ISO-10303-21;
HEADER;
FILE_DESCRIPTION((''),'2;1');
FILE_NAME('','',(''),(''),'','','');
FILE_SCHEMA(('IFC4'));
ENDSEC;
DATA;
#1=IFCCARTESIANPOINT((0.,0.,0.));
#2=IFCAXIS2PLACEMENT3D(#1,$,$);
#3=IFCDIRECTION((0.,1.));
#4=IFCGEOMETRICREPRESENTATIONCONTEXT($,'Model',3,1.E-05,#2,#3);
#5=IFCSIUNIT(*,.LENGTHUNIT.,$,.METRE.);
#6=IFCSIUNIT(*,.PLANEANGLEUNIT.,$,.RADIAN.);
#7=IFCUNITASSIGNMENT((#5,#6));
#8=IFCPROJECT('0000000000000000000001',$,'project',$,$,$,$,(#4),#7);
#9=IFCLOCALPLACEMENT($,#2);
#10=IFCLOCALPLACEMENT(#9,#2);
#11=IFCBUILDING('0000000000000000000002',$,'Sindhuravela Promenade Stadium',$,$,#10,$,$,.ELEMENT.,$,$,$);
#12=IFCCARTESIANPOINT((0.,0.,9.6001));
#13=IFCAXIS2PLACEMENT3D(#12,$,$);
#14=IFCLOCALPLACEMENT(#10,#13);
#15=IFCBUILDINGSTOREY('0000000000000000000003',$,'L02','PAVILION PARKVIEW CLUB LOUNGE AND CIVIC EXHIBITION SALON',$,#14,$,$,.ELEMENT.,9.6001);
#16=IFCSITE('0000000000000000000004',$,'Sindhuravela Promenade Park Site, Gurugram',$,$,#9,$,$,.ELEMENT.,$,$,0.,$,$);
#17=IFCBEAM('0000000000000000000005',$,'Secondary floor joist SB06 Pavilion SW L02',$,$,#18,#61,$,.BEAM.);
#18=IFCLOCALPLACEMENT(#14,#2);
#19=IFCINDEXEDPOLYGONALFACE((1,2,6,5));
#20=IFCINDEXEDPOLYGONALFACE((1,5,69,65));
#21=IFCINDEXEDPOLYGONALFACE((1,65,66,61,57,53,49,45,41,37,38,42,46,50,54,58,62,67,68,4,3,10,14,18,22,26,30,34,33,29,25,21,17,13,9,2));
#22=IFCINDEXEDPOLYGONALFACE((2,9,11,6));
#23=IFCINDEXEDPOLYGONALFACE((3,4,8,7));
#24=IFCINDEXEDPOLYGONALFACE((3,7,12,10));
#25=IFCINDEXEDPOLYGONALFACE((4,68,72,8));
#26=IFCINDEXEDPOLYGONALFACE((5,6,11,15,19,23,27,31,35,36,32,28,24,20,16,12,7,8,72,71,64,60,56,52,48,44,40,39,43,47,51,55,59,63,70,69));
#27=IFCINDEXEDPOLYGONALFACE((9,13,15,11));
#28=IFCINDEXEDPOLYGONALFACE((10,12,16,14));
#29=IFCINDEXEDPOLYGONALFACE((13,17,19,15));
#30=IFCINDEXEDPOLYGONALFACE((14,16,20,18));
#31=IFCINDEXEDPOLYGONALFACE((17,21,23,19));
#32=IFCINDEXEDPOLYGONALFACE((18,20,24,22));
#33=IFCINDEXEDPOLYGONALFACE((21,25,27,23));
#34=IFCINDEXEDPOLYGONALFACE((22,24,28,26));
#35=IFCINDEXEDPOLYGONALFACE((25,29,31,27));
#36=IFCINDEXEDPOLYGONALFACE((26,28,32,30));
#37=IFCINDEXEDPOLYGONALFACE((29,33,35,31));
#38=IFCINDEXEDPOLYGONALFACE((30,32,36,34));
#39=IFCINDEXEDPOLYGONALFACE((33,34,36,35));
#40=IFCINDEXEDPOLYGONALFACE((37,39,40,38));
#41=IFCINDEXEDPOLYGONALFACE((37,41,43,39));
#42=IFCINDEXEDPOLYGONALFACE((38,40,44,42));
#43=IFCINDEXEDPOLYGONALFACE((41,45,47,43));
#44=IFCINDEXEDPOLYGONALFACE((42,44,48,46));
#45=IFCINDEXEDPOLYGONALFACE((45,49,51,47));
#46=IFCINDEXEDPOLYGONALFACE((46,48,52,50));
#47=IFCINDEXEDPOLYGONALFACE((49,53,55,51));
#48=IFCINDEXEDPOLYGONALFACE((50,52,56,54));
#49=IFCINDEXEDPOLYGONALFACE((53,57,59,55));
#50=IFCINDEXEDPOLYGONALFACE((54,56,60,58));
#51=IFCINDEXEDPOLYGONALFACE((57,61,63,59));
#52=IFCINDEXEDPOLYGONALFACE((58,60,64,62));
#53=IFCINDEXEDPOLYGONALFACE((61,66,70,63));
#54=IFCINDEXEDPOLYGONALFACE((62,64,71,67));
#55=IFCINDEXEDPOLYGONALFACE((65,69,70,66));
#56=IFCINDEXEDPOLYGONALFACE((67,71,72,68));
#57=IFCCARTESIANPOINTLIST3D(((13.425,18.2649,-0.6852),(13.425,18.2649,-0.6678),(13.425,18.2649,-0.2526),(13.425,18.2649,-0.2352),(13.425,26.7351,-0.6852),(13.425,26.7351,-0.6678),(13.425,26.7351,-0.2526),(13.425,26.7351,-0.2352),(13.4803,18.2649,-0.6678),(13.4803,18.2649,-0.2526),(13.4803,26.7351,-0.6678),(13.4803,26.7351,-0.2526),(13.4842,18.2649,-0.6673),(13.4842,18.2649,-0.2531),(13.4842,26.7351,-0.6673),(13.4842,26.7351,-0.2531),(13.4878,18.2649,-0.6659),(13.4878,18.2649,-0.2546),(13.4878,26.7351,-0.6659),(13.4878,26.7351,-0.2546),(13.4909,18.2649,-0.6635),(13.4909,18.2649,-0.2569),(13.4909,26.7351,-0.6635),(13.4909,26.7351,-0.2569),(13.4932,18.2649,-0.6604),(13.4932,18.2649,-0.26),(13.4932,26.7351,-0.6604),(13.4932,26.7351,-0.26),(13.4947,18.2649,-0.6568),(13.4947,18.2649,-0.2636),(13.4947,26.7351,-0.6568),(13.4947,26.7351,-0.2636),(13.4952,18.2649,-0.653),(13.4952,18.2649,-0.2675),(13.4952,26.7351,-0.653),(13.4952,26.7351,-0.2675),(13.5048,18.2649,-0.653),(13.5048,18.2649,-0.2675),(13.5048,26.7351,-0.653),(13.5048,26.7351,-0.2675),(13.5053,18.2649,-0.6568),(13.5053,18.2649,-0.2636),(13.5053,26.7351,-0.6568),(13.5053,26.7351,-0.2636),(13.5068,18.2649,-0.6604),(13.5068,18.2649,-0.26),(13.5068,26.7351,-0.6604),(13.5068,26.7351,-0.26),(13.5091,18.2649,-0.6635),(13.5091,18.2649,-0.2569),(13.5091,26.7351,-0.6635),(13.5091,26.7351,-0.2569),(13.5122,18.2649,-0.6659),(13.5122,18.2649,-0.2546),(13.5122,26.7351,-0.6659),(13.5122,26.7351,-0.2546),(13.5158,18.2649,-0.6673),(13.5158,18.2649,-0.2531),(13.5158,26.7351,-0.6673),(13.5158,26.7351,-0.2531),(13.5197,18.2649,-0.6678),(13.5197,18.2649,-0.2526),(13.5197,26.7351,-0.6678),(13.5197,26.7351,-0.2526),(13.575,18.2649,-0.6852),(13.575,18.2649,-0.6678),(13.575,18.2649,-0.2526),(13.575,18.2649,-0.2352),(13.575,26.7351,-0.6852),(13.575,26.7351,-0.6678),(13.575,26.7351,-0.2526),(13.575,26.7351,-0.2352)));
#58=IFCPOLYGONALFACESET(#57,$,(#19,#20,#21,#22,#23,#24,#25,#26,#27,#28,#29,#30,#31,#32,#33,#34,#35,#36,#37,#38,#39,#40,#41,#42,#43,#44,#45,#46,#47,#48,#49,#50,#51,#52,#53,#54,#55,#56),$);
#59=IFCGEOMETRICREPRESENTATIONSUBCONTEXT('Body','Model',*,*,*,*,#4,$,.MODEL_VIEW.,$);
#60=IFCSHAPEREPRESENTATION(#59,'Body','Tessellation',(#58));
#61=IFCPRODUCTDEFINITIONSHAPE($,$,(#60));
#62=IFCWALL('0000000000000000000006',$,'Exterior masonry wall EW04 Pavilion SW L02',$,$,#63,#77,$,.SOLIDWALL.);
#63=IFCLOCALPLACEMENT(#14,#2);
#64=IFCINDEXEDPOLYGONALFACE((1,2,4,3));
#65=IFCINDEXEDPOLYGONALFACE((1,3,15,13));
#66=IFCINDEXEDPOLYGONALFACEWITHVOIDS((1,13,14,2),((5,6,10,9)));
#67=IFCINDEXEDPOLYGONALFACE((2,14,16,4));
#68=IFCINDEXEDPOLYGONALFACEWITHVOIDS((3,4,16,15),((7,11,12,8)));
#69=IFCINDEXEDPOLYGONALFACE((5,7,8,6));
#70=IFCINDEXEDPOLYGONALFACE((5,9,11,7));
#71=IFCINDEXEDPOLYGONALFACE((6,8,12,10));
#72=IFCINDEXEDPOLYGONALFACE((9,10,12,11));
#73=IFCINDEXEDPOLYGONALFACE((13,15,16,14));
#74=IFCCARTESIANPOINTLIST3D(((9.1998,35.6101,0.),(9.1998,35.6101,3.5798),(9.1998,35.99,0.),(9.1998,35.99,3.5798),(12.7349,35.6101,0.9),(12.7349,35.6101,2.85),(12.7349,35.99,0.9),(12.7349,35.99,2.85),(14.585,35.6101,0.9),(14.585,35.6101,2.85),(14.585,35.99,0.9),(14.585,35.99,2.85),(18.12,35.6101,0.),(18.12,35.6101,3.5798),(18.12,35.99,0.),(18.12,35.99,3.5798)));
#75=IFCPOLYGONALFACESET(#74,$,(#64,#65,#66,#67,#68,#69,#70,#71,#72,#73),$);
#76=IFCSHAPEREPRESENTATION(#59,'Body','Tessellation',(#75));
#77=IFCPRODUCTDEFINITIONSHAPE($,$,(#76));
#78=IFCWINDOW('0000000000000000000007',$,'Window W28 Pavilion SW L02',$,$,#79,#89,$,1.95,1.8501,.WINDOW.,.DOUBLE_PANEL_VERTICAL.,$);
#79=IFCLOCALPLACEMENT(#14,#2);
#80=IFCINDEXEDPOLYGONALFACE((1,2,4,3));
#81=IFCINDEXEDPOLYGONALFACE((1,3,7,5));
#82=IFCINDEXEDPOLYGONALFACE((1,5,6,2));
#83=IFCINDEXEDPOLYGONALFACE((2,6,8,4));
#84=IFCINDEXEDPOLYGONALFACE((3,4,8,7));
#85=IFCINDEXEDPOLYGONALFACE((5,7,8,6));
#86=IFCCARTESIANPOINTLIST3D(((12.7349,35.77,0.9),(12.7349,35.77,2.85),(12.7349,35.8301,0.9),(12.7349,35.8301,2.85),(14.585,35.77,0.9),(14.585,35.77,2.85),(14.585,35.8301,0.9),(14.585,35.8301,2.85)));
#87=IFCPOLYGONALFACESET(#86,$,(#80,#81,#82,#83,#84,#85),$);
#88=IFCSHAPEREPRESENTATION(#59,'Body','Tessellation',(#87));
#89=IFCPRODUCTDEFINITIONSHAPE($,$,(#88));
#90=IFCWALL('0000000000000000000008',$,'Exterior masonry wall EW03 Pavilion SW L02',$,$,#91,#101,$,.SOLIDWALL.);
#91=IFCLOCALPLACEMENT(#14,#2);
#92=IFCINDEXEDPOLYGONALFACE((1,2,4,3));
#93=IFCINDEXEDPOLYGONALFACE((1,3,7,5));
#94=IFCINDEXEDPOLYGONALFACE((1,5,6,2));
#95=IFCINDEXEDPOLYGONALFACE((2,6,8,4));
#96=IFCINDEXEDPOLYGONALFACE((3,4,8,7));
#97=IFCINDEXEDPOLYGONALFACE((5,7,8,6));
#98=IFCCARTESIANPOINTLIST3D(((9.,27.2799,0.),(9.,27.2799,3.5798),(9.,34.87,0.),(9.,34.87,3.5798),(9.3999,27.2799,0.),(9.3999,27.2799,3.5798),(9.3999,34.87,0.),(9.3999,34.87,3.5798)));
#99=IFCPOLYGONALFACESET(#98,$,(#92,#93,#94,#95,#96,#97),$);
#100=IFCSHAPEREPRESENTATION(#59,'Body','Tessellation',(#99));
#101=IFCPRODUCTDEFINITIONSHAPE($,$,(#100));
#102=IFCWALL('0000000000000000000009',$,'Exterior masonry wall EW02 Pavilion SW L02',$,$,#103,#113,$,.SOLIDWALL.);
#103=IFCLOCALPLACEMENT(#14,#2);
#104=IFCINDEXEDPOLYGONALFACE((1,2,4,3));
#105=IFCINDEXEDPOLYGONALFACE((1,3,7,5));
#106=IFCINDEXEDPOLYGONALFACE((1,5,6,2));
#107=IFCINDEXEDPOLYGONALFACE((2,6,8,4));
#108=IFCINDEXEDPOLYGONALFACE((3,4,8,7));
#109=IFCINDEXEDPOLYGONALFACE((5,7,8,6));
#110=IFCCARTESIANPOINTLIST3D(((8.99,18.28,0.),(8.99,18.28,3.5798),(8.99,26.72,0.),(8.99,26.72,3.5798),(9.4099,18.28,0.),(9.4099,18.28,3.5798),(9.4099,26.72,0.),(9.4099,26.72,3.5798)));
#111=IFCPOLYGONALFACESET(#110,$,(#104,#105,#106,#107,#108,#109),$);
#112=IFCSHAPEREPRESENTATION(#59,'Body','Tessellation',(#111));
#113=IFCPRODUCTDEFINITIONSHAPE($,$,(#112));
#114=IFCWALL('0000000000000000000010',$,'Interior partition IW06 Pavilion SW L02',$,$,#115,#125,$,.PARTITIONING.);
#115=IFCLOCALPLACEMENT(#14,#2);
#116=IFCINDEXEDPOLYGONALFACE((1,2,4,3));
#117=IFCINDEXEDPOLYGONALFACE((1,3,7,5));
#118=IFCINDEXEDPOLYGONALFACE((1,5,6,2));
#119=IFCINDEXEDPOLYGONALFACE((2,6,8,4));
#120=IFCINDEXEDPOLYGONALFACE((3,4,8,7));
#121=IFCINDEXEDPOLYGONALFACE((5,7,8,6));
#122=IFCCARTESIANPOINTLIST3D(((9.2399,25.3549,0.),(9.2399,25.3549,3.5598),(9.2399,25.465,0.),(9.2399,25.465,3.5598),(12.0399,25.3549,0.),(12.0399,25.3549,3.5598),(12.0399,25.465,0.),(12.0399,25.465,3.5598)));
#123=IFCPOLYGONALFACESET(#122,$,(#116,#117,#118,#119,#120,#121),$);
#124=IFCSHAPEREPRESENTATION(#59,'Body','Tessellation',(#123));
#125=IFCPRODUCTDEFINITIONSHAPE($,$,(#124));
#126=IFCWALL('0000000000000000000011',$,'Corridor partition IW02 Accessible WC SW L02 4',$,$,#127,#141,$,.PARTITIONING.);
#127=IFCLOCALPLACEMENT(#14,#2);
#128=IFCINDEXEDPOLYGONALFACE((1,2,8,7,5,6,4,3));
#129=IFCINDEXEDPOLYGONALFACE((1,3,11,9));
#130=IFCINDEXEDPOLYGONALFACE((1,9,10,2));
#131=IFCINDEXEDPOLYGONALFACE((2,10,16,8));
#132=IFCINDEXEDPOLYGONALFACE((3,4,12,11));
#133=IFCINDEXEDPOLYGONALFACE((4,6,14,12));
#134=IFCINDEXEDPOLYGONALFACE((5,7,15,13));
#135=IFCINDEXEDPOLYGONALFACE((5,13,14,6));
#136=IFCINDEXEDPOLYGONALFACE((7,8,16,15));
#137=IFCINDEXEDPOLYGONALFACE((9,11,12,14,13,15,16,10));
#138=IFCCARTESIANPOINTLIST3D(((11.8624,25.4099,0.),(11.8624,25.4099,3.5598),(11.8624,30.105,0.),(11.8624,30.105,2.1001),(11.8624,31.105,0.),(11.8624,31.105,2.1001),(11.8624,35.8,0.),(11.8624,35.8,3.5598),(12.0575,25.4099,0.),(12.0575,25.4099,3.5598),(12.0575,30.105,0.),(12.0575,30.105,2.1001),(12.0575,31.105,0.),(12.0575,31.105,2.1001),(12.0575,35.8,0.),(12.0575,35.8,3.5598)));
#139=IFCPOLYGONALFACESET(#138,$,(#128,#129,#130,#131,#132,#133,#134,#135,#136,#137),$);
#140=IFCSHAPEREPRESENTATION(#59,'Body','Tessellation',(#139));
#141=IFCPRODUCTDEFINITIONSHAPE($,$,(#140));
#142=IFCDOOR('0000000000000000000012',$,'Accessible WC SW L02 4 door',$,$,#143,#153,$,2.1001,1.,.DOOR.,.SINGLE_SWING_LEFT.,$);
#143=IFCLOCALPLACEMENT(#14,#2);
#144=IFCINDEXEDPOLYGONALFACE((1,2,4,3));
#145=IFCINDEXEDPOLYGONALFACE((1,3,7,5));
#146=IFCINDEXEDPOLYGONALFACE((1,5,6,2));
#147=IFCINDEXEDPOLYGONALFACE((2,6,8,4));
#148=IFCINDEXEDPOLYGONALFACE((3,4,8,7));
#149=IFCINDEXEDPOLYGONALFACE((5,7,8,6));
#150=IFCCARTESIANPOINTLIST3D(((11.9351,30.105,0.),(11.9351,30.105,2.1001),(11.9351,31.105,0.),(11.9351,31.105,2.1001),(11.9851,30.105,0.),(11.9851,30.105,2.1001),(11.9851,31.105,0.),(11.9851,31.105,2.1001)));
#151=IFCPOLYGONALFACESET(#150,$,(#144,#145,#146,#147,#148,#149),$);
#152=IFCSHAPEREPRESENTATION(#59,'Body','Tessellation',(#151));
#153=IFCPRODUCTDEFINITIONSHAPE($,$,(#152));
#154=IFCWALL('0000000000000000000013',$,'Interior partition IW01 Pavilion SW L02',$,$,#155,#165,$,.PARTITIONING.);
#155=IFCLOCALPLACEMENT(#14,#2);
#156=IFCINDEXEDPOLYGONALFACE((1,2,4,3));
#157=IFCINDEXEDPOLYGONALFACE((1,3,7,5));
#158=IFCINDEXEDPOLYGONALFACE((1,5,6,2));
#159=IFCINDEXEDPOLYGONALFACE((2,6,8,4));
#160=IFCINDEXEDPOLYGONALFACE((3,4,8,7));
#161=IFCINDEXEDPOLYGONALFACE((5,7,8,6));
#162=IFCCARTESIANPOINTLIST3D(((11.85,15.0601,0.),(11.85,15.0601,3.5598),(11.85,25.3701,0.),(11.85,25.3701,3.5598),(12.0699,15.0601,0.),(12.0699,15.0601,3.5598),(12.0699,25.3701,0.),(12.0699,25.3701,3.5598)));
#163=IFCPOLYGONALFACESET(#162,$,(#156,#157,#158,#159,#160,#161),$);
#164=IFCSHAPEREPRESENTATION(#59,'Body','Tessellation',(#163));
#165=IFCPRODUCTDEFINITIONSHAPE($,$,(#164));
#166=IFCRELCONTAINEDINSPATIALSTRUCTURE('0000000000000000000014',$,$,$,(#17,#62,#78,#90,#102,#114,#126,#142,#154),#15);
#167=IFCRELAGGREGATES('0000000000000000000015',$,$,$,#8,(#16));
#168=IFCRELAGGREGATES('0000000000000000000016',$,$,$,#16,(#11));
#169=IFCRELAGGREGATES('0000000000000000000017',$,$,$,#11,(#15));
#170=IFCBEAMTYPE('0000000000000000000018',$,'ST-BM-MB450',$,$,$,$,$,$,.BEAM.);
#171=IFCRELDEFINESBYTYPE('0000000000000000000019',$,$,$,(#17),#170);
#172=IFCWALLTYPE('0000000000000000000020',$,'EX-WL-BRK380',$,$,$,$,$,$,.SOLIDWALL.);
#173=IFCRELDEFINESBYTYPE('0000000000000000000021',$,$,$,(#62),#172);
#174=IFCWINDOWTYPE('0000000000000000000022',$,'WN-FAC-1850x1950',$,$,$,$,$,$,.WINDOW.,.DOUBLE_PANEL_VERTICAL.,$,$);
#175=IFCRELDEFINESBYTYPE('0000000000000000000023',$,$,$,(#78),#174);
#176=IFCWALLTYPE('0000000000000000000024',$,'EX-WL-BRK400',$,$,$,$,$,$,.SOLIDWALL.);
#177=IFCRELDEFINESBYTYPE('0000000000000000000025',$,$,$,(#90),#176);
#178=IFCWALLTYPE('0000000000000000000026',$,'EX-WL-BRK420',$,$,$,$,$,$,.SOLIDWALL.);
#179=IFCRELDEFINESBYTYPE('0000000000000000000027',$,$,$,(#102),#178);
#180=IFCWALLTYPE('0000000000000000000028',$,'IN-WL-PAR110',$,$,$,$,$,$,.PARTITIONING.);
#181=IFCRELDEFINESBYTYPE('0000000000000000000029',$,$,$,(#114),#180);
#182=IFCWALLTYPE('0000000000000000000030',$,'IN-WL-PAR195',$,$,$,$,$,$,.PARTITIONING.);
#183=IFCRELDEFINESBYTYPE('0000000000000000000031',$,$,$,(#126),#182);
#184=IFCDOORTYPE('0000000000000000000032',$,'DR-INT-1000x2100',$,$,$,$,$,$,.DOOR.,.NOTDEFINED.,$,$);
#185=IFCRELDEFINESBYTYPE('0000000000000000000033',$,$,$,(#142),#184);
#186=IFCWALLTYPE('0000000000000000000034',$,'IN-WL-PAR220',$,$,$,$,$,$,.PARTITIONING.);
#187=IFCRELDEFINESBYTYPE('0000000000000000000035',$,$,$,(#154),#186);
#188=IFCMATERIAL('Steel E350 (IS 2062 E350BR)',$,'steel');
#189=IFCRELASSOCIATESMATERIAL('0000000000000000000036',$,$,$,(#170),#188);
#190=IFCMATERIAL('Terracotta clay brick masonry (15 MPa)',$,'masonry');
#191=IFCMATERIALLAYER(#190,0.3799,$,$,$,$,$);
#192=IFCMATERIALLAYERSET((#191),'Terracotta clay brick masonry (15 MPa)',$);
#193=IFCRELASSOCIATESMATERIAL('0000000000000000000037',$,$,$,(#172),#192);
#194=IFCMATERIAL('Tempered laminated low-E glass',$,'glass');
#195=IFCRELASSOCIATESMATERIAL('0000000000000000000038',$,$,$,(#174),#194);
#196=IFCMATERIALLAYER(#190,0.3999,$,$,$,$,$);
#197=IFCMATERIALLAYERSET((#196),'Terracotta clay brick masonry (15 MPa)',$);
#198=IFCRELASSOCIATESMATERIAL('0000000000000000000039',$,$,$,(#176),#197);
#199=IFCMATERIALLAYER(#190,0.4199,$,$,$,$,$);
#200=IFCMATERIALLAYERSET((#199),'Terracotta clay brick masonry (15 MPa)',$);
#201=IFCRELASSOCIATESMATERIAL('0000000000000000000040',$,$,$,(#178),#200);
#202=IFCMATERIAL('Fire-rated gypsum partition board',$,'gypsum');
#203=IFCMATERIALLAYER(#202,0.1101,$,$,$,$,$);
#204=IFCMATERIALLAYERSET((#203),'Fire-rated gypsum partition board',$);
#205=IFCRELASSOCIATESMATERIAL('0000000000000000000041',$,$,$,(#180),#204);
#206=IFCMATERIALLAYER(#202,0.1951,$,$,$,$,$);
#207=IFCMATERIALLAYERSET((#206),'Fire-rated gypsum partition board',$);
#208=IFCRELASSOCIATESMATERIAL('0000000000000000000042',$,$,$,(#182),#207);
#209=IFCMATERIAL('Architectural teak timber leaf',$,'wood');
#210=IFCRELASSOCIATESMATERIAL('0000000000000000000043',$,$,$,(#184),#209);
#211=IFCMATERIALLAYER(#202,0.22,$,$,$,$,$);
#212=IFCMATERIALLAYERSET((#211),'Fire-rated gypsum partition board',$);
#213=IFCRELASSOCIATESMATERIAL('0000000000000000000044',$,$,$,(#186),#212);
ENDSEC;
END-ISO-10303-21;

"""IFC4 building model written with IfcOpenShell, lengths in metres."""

from ifc_helpers import new_model, si_unit, direction, frame, frame_2d, origin, origin_2d, place, context, subcontext, project, spatial, rectangle, i_section, extrude, material, layer, layer_set, material_profile, profile_set, type_object, element, fill, save


model = new_model("IFC4")

# Units and contexts
model_context = context("Model", 3, precision=1e-05, world=origin(), true_north=direction((0.0, 1.0)))
body_context = subcontext(model_context, "Body", "Model", "MODEL_VIEW")
ifc_project = project(units=[si_unit("LENGTHUNIT", "METRE"), si_unit("PLANEANGLEUNIT", "RADIAN")], contexts=[model_context])

# Site, building, storey
site_placement = place(None, origin())
site = spatial("IfcSite", under=ifc_project, at=site_placement, Name="Sindhuravela Promenade Park Site, Gurugram", CompositionType="ELEMENT", RefElevation=0.0)
building_placement = place(site_placement, origin())
building = spatial("IfcBuilding", under=site, at=building_placement, Name="Sindhuravela Promenade Stadium", CompositionType="ELEMENT")
storey_placement = place(building_placement, frame((0.0, 0.0, 9.6001)))
storey = spatial("IfcBuildingStorey", under=building, at=storey_placement, Name="L02", Description="PAVILION PARKVIEW CLUB LOUNGE AND CIVIC EXHIBITION SALON", CompositionType="ELEMENT", Elevation=9.6001)

# Beam
ifc_material_1 = material(Name="Steel E350 (IS 2062 E350BR)", Category="steel")
ifc_material_profile_1 = material_profile(ifc_material_1, i_section(OverallWidth=0.1499, OverallDepth=0.45, WebThickness=0.0095, FlangeThickness=0.0173, FilletRadius=0.0149, at=origin_2d()), Name="ISMB 450")
ifc_profile_set_1 = profile_set([ifc_material_profile_1], Name="Steel E350 (IS 2062 E350BR)")
beam_type_1 = type_object("IfcBeamType", Name="ST-BM-MB450", PredefinedType="BEAM", material=ifc_profile_set_1)
beam_1_placement = place(storey_placement, frame((13.5, 18.2649, -0.4602), z_axis=(0.0, 1.0, 0.0), x_axis=(-1.0, 0.0, 0.0)))
element("IfcBeam", 1, at=beam_1_placement, inside=storey, type_object=beam_type_1, Name="Secondary floor joist SB06 Pavilion SW L02", PredefinedType="BEAM", context=body_context, shape_type="SweptSolid", body=[
    extrude(i_section(OverallWidth=0.1499, OverallDepth=0.45, WebThickness=0.0095, FlangeThickness=0.0173, FilletRadius=0.0149, at=origin_2d()), origin(), (0.0, 0.0, 1.0), 8.4702),
])

# Wall, opening, window
ifc_material_2 = material(Name="Terracotta clay brick masonry (15 MPa)", Category="masonry")
ifc_layer_1 = layer(ifc_material_2, 0.3799)
ifc_layer_set_1 = layer_set([ifc_layer_1], Name="Terracotta clay brick masonry (15 MPa)")
wall_type_1 = type_object("IfcWallType", Name="EX-WL-BRK380", PredefinedType="SOLIDWALL", material=ifc_layer_set_1)
wall_1_placement = place(storey_placement, frame((9.2, 35.8, 0.0), z_axis=(0.0, 0.0, 1.0), x_axis=(1.0, 0.0, 0.0)))
wall_1 = element("IfcWall", 2, at=wall_1_placement, inside=storey, type_object=wall_type_1, Name="Exterior masonry wall EW04 Pavilion SW L02", PredefinedType="SOLIDWALL", context=body_context, shape_type="SweptSolid", body=[
    extrude(rectangle(XDim=8.9202, YDim=0.3799, at=frame_2d((4.46, 0.0))), origin(), (0.0, 0.0, 1.0), 3.5798),
])
opening_1_placement = place(wall_1_placement, frame((3.5349, 0.0, 0.8999)))
opening_1 = element("IfcOpeningElement", 3, at=opening_1_placement, cuts=wall_1, PredefinedType="OPENING", context=body_context, shape_type="SweptSolid", body=[
    extrude(rectangle(XDim=1.8501, YDim=1.95, at=frame_2d((0.925, 0.9751))), frame((0.0, 0.2, 0.0), z_axis=(0.0, -1.0, 0.0), x_axis=(1.0, 0.0, 0.0)), (0.0, 0.0, 1.0), 0.3999),
])
ifc_material_3 = material(Name="Tempered laminated low-E glass", Category="glass")
window_type = type_object("IfcWindowType", Name="WN-FAC-1850x1950", PartitioningType="DOUBLE_PANEL_VERTICAL", PredefinedType="WINDOW", material=ifc_material_3)
window_placement = place(opening_1_placement, origin())
window = element("IfcWindow", 4, at=window_placement, inside=storey, type_object=window_type, Name="Window W28 Pavilion SW L02", OverallHeight=1.95, OverallWidth=1.8501, PartitioningType="DOUBLE_PANEL_VERTICAL", PredefinedType="WINDOW", context=body_context, shape_type="SweptSolid", body=[
    extrude(rectangle(XDim=1.8501, YDim=1.95, at=frame_2d((0.925, 0.9751))), frame((0.0, 0.03, 0.0), z_axis=(0.0, -1.0, 0.0), x_axis=(1.0, 0.0, 0.0)), (0.0, 0.0, 1.0), 0.0601),
])
fill(opening_1, window)

# Walls
ifc_layer_2 = layer(ifc_material_2, 0.3999)
ifc_layer_set_2 = layer_set([ifc_layer_2], Name="Terracotta clay brick masonry (15 MPa)")
wall_type_2 = type_object("IfcWallType", Name="EX-WL-BRK400", PredefinedType="SOLIDWALL", material=ifc_layer_set_2)
wall_2_placement = place(storey_placement, frame((9.2, 27.28, 0.0), z_axis=(0.0, 0.0, 1.0), x_axis=(0.0, 1.0, 0.0)))
element("IfcWall", 5, at=wall_2_placement, inside=storey, type_object=wall_type_2, Name="Exterior masonry wall EW03 Pavilion SW L02", PredefinedType="SOLIDWALL", context=body_context, shape_type="SweptSolid", body=[
    extrude(rectangle(XDim=7.5901, YDim=0.3999, at=frame_2d((3.7949, 0.0))), origin(), (0.0, 0.0, 1.0), 3.5798),
])
ifc_layer_3 = layer(ifc_material_2, 0.4199)
ifc_layer_set_3 = layer_set([ifc_layer_3], Name="Terracotta clay brick masonry (15 MPa)")
wall_type_3 = type_object("IfcWallType", Name="EX-WL-BRK420", PredefinedType="SOLIDWALL", material=ifc_layer_set_3)
wall_3_placement = place(storey_placement, frame((9.2, 18.28, 0.0), z_axis=(0.0, 0.0, 1.0), x_axis=(0.0, 1.0, 0.0)))
element("IfcWall", 6, at=wall_3_placement, inside=storey, type_object=wall_type_3, Name="Exterior masonry wall EW02 Pavilion SW L02", PredefinedType="SOLIDWALL", context=body_context, shape_type="SweptSolid", body=[
    extrude(rectangle(XDim=8.4399, YDim=0.4199, at=frame_2d((4.22, 0.0))), origin(), (0.0, 0.0, 1.0), 3.5798),
])
ifc_material_4 = material(Name="Fire-rated gypsum partition board", Category="gypsum")
ifc_layer_4 = layer(ifc_material_4, 0.1101)
ifc_layer_set_4 = layer_set([ifc_layer_4], Name="Fire-rated gypsum partition board")
wall_type_4 = type_object("IfcWallType", Name="IN-WL-PAR110", PredefinedType="PARTITIONING", material=ifc_layer_set_4)
wall_4_placement = place(storey_placement, frame((9.24, 25.4099, 0.0), z_axis=(0.0, 0.0, 1.0), x_axis=(1.0, 0.0, 0.0)))
element("IfcWall", 7, at=wall_4_placement, inside=storey, type_object=wall_type_4, Name="Interior partition IW06 Pavilion SW L02", PredefinedType="PARTITIONING", context=body_context, shape_type="SweptSolid", body=[
    extrude(rectangle(XDim=2.8, YDim=0.1101, at=frame_2d((1.3999, 0.0))), origin(), (0.0, 0.0, 1.0), 3.5598),
])

# Wall, opening, door
ifc_layer_5 = layer(ifc_material_4, 0.1951)
ifc_layer_set_5 = layer_set([ifc_layer_5], Name="Fire-rated gypsum partition board")
wall_type_5 = type_object("IfcWallType", Name="IN-WL-PAR195", PredefinedType="PARTITIONING", material=ifc_layer_set_5)
wall_5_placement = place(storey_placement, frame((11.96, 25.4099, 0.0), z_axis=(0.0, 0.0, 1.0), x_axis=(0.0, 1.0, 0.0)))
wall_5 = element("IfcWall", 8, at=wall_5_placement, inside=storey, type_object=wall_type_5, Name="Corridor partition IW02 Accessible WC SW L02 4", PredefinedType="PARTITIONING", context=body_context, shape_type="SweptSolid", body=[
    extrude(rectangle(XDim=10.3901, YDim=0.1951, at=frame_2d((5.1951, 0.0))), origin(), (0.0, 0.0, 1.0), 3.5598),
])
opening_2_placement = place(wall_5_placement, frame((4.6951, 0.0, 0.0)))
opening_2 = element("IfcOpeningElement", 9, at=opening_2_placement, cuts=wall_5, PredefinedType="OPENING", context=body_context, shape_type="SweptSolid", body=[
    extrude(rectangle(XDim=1.0, YDim=2.1001, at=frame_2d((0.5, 1.05))), frame((0.0, 0.1074, 0.0), z_axis=(0.0, -1.0, 0.0), x_axis=(1.0, 0.0, 0.0)), (0.0, 0.0, 1.0), 0.2151),
])
ifc_material_5 = material(Name="Architectural teak timber leaf", Category="wood")
door_type = type_object("IfcDoorType", Name="DR-INT-1000x2100", OperationType="NOTDEFINED", PredefinedType="DOOR", material=ifc_material_5)
door_placement = place(opening_2_placement, origin())
door = element("IfcDoor", 10, at=door_placement, inside=storey, type_object=door_type, Name="Accessible WC SW L02 4 door", OperationType="SINGLE_SWING_LEFT", OverallHeight=2.1001, OverallWidth=1.0, PredefinedType="DOOR", context=body_context, shape_type="SweptSolid", body=[
    extrude(rectangle(XDim=1.0, YDim=2.1001, at=frame_2d((0.5, 1.05))), frame((0.0, 0.0249, 0.0), z_axis=(0.0, -1.0, 0.0), x_axis=(1.0, 0.0, 0.0)), (0.0, 0.0, 1.0), 0.05),
])
fill(opening_2, door)

# Wall
ifc_layer_6 = layer(ifc_material_4, 0.22)
ifc_layer_set_6 = layer_set([ifc_layer_6], Name="Fire-rated gypsum partition board")
wall_type_6 = type_object("IfcWallType", Name="IN-WL-PAR220", PredefinedType="PARTITIONING", material=ifc_layer_set_6)
wall_6_placement = place(storey_placement, frame((11.96, 25.3701, 0.0), z_axis=(0.0, 0.0, 1.0), x_axis=(0.0, -1.0, 0.0)))
element("IfcWall", 11, at=wall_6_placement, inside=storey, type_object=wall_type_6, Name="Interior partition IW01 Pavilion SW L02", PredefinedType="PARTITIONING", context=body_context, shape_type="SweptSolid", body=[
    extrude(rectangle(XDim=10.3101, YDim=0.22, at=frame_2d((5.155, 0.0))), origin(), (0.0, 0.0, 1.0), 3.5598),
])

save(model, "model.ifc")
